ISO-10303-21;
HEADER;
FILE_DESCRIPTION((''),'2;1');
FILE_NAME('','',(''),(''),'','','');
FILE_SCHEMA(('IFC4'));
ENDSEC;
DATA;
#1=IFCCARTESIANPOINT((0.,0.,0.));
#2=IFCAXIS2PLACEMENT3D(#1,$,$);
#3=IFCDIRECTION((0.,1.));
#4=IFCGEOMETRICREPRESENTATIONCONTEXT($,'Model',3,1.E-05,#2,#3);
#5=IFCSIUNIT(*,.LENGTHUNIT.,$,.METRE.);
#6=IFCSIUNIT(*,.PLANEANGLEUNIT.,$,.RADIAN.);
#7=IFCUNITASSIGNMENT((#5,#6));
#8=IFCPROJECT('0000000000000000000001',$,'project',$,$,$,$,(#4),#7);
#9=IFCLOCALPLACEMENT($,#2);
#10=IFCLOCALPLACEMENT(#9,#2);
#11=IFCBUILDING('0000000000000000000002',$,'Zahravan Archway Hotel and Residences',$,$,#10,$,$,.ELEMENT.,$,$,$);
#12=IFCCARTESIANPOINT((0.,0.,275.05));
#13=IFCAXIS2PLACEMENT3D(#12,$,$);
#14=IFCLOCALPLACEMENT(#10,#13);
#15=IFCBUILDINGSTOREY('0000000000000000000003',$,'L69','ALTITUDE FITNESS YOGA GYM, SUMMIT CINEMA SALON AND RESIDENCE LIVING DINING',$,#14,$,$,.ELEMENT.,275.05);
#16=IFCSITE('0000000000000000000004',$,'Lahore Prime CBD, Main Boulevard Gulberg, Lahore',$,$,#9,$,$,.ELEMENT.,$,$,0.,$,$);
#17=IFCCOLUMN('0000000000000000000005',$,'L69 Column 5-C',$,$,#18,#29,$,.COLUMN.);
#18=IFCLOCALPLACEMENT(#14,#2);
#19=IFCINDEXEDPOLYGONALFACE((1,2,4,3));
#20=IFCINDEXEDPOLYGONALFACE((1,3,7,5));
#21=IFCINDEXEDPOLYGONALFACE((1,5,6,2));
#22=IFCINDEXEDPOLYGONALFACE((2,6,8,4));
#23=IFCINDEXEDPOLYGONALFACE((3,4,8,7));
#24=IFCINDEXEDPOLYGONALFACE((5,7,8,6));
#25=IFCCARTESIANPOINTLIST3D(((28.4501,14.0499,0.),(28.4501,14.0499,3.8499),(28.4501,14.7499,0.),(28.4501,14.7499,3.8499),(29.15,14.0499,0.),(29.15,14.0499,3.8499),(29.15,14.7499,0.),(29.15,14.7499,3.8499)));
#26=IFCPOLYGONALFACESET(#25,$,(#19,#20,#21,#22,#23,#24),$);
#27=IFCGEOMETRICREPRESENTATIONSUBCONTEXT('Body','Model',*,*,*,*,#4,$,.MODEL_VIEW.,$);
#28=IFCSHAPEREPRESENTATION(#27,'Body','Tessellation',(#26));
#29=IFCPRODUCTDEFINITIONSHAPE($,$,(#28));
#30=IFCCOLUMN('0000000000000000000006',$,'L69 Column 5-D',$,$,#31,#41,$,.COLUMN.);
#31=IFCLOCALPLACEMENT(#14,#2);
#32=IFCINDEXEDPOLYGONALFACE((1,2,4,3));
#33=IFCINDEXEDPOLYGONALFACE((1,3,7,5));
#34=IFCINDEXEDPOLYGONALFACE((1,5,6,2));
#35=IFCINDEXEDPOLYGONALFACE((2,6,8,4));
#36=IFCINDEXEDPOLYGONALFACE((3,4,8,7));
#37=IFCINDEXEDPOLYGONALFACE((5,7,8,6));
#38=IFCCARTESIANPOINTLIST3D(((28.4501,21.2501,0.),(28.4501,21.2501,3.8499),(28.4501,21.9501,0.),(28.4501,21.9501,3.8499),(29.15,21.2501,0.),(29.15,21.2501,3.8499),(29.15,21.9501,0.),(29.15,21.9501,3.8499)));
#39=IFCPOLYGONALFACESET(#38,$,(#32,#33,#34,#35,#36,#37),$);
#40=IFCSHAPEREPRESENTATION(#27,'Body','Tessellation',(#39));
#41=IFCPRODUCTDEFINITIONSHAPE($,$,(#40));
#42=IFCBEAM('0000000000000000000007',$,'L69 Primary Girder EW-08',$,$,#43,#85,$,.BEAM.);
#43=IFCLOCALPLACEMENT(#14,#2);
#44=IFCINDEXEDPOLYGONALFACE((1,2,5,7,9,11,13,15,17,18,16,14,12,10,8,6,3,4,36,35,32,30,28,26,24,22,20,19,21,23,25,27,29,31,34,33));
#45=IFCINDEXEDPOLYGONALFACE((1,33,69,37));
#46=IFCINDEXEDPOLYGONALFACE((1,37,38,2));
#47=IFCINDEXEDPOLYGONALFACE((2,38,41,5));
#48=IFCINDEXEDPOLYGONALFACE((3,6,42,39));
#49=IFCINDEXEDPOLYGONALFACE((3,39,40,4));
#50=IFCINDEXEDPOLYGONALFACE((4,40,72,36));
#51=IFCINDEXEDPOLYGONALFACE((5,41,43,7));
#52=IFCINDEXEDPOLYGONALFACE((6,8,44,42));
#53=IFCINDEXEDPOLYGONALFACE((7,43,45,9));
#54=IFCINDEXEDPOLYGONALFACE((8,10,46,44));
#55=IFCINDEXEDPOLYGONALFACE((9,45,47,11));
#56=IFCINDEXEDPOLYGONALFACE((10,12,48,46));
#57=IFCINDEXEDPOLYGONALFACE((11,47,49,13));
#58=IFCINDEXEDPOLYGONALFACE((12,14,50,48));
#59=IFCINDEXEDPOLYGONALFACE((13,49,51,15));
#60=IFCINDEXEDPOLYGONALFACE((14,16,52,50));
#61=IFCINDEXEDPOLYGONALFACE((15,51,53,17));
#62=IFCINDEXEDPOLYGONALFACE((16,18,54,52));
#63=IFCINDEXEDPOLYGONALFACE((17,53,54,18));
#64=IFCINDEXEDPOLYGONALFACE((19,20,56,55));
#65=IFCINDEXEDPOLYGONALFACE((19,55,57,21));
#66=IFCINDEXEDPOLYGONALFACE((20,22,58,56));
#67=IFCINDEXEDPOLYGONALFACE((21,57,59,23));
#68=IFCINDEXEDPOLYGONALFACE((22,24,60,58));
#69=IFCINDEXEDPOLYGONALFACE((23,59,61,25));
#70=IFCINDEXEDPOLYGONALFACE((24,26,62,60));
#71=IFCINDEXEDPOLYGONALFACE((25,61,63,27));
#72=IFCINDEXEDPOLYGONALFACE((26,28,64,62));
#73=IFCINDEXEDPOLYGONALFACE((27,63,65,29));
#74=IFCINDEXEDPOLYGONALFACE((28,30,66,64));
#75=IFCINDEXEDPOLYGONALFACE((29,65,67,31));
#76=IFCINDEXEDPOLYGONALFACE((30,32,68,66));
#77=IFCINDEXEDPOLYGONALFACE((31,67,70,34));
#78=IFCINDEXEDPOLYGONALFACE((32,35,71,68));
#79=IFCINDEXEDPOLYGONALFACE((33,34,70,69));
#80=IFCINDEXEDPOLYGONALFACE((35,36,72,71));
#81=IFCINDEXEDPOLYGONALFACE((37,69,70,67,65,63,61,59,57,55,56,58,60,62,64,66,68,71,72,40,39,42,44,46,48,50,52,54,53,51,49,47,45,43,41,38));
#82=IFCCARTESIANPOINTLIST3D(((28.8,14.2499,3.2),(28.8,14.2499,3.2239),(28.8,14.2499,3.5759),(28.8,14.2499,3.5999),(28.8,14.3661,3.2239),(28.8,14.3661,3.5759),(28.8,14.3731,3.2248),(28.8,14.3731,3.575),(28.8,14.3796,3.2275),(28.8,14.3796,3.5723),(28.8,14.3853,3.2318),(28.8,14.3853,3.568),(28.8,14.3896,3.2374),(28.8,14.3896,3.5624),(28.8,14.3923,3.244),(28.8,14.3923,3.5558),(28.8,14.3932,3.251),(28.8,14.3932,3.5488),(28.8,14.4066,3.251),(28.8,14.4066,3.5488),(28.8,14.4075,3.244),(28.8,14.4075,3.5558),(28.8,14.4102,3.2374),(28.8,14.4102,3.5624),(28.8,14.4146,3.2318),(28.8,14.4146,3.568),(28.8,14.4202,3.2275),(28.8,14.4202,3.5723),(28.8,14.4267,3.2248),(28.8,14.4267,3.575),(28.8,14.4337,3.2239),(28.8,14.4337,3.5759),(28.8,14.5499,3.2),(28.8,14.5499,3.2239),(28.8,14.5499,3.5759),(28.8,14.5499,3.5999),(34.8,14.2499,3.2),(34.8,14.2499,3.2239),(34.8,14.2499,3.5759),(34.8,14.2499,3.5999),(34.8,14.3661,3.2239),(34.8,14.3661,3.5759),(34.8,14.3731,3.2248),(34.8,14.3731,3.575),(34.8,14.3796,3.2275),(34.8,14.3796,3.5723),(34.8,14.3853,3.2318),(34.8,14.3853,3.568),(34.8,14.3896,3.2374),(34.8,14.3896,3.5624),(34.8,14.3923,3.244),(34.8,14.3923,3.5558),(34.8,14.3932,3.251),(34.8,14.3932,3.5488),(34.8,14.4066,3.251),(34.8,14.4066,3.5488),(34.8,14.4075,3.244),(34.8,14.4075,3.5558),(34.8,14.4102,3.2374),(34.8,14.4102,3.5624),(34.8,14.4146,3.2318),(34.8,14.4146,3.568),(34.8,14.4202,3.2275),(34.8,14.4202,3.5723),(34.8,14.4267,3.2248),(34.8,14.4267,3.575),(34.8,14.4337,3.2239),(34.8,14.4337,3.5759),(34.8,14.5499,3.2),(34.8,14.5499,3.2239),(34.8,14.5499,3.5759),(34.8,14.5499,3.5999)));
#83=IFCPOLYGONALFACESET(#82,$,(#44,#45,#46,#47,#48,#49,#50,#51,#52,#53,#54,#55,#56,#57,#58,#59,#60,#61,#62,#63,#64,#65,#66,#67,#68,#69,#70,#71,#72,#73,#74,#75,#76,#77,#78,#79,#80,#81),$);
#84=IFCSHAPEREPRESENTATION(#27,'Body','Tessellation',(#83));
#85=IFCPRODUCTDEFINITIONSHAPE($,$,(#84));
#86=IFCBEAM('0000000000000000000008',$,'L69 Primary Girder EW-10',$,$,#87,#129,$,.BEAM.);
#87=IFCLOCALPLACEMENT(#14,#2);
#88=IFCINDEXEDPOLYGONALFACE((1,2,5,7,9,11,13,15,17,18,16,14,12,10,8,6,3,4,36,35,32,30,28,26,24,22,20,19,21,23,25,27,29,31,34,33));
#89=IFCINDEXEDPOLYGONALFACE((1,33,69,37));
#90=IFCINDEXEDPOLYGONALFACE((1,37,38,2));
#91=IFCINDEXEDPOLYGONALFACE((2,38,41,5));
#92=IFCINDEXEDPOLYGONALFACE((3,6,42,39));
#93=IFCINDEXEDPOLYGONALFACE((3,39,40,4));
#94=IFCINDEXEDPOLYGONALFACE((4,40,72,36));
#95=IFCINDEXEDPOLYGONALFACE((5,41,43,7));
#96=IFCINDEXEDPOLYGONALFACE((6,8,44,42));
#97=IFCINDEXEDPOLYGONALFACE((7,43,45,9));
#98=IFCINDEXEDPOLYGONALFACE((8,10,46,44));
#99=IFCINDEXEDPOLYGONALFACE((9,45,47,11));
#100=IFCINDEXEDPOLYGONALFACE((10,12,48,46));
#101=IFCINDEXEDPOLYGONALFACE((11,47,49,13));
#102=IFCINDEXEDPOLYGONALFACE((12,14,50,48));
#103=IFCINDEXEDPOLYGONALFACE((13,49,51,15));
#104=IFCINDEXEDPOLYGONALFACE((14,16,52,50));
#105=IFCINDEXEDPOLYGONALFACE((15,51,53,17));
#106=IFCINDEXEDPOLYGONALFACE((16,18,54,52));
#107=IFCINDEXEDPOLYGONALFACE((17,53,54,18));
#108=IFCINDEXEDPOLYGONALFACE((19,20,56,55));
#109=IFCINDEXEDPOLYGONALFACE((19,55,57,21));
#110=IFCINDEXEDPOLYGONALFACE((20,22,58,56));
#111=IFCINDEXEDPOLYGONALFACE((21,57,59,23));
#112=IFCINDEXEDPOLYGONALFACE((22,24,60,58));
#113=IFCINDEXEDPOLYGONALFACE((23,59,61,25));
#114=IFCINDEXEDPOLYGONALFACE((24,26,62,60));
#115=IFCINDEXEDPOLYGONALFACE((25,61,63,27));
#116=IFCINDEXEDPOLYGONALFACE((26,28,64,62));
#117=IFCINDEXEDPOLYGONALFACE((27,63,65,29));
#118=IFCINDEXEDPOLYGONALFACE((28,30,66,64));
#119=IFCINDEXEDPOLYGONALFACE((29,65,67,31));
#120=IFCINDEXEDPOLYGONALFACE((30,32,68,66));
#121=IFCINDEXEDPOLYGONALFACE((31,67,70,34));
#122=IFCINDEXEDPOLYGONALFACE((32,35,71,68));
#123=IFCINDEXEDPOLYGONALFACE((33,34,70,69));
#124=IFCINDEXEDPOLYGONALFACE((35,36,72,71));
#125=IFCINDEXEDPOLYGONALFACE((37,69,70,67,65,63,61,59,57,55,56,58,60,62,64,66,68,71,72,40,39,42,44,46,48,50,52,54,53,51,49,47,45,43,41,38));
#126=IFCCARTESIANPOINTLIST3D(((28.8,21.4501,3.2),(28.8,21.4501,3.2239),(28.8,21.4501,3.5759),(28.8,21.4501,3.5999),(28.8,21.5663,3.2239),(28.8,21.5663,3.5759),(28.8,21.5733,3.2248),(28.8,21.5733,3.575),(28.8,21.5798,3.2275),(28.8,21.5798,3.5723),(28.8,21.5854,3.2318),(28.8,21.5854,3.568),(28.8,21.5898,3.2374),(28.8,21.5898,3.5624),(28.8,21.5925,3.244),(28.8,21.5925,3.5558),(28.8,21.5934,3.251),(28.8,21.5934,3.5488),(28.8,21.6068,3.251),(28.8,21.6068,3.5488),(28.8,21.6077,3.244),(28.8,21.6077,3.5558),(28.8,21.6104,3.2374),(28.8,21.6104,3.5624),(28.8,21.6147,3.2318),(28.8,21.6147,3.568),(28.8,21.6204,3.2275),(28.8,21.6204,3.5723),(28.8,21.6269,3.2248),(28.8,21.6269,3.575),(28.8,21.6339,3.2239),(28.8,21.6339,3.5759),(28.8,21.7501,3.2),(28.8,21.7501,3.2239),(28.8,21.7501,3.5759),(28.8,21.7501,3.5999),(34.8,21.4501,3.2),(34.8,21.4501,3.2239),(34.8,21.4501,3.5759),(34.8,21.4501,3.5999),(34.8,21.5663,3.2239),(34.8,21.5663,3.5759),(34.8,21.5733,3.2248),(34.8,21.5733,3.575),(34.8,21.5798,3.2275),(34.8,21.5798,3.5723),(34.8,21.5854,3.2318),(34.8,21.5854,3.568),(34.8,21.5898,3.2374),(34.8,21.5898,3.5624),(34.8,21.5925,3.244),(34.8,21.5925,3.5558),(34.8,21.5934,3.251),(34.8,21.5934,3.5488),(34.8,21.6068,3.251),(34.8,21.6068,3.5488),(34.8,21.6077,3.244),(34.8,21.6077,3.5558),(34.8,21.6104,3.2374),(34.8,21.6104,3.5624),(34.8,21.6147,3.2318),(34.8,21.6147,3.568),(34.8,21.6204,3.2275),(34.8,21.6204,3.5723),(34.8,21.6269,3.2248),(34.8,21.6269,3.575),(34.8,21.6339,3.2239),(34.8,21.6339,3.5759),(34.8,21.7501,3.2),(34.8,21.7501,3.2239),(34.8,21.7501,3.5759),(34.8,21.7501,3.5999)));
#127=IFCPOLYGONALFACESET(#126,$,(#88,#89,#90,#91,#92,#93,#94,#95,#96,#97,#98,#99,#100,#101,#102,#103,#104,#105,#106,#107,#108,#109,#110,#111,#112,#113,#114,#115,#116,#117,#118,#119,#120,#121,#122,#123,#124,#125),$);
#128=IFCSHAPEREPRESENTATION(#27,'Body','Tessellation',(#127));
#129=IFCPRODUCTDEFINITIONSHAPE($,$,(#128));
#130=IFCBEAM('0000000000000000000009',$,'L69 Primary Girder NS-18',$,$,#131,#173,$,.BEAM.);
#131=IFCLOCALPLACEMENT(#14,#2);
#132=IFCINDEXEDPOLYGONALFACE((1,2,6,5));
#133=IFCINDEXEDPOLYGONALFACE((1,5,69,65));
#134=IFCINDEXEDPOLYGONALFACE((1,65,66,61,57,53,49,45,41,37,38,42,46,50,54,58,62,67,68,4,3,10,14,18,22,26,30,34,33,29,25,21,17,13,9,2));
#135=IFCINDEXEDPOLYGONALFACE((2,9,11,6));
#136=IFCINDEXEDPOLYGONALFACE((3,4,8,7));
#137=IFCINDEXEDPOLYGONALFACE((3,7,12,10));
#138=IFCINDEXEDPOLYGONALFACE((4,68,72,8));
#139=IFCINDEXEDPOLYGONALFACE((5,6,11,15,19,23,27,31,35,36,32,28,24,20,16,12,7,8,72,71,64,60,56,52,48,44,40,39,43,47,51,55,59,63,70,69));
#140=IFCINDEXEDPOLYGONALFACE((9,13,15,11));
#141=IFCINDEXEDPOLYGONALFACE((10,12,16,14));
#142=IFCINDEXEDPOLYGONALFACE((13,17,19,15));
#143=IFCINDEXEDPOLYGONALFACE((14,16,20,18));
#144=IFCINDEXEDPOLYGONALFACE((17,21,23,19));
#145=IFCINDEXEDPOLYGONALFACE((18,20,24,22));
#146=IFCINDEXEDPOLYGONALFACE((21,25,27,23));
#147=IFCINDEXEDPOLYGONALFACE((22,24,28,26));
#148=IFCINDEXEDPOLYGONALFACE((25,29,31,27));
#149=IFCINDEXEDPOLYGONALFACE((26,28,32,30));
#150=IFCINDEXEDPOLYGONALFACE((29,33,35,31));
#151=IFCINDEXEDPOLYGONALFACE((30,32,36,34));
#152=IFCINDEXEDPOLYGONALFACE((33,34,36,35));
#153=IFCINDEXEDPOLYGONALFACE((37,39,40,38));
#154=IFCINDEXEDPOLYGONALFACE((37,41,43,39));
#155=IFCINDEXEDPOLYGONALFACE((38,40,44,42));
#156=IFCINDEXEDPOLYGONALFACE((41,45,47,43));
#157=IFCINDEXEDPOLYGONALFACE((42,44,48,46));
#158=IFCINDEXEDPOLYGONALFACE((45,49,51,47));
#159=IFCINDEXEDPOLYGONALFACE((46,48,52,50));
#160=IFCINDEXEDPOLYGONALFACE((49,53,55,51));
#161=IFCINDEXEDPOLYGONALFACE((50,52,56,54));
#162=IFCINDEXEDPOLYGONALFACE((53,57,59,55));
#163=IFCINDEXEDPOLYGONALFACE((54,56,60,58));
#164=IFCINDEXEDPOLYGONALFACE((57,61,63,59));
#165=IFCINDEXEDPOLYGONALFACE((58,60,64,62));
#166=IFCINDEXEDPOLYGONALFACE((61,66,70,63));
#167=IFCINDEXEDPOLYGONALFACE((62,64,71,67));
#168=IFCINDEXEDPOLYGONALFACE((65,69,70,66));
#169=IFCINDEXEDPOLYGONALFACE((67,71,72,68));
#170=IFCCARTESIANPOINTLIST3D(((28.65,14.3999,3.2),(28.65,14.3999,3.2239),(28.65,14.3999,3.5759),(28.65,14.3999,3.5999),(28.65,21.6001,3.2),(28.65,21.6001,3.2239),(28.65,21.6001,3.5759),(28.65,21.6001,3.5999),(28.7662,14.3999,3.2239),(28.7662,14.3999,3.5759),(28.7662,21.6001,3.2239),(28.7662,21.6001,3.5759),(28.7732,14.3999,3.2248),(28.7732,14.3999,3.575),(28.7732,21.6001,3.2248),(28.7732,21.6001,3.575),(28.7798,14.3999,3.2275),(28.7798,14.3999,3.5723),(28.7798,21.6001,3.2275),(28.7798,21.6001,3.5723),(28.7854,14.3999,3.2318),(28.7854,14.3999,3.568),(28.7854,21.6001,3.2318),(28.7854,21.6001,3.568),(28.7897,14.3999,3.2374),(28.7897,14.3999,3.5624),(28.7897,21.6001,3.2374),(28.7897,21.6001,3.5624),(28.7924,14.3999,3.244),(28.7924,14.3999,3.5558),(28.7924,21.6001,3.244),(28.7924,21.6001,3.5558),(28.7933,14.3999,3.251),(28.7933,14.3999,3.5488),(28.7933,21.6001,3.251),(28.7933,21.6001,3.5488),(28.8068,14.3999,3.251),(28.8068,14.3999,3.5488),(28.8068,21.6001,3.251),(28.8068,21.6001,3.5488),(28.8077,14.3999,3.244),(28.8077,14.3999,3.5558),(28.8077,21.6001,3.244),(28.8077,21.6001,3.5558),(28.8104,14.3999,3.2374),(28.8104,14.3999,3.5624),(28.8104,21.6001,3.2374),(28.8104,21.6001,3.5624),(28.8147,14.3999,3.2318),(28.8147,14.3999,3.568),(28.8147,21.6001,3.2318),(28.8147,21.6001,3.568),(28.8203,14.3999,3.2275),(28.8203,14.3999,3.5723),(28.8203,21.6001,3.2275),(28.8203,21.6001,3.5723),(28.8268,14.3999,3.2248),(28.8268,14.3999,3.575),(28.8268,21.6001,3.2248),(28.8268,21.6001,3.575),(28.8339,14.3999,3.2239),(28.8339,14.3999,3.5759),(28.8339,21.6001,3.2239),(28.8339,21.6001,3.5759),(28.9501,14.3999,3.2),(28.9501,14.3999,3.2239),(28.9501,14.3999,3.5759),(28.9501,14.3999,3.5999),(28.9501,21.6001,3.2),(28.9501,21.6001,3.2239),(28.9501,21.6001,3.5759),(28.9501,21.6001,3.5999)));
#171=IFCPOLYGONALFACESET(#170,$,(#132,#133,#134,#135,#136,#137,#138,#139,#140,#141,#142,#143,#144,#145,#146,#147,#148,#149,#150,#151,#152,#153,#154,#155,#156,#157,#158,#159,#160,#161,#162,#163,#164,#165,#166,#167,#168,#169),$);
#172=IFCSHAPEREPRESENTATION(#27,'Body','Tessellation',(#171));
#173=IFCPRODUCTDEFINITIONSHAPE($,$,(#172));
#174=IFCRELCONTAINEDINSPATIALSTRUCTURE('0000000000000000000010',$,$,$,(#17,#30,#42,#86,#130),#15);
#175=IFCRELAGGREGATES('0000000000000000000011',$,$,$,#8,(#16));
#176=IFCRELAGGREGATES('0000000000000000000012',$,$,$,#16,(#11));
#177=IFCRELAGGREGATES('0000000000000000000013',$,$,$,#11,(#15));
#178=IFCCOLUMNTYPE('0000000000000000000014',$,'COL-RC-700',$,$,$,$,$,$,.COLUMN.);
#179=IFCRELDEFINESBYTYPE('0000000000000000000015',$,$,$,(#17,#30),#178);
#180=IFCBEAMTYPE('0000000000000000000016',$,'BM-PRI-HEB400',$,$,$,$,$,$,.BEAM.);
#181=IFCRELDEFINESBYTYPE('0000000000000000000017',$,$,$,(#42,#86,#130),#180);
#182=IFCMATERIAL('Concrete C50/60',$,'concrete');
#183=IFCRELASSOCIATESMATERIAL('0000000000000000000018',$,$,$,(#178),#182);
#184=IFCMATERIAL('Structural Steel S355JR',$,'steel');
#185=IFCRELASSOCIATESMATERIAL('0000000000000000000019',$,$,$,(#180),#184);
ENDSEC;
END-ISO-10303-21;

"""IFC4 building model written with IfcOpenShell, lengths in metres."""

from ifc_helpers import new_model, si_unit, direction, frame, origin, origin_2d, place, context, subcontext, project, spatial, rectangle, i_section, extrude, source, transform, mapped, material, material_profile, profile_set, type_object, type_shapes, element, save


model = new_model("IFC4")

# Units and contexts
model_context = context("Model", 3, precision=1e-05, world=origin(), true_north=direction((0.0, 1.0)))
body_context = subcontext(model_context, "Body", "Model", "MODEL_VIEW")
ifc_project = project(units=[si_unit("LENGTHUNIT", "METRE"), si_unit("PLANEANGLEUNIT", "RADIAN")], contexts=[model_context])

# Site, building, storey
site_placement = place(None, origin())
site = spatial("IfcSite", under=ifc_project, at=site_placement, Name="Lahore Prime CBD, Main Boulevard Gulberg, Lahore", CompositionType="ELEMENT", RefElevation=0.0)
building_placement = place(site_placement, origin())
building = spatial("IfcBuilding", under=site, at=building_placement, Name="Zahravan Archway Hotel and Residences", CompositionType="ELEMENT")
storey_placement = place(building_placement, frame((0.0, 0.0, 275.05)))
storey = spatial("IfcBuildingStorey", under=building, at=storey_placement, Name="L69", Description="ALTITUDE FITNESS YOGA GYM, SUMMIT CINEMA SALON AND RESIDENCE LIVING DINING", CompositionType="ELEMENT", Elevation=275.05)

# Columns
ifc_material_1 = material(Name="Concrete C50/60", Category="concrete")
ifc_material_profile_1 = material_profile(ifc_material_1, rectangle(XDim=0.7, YDim=0.7, at=origin_2d()), Name="RC-COL-700x700", Category="concrete")
ifc_profile_set_1 = profile_set([ifc_material_profile_1], Name="Concrete C50/60")
column_type = type_object("IfcColumnType", Name="COL-RC-700", PredefinedType="COLUMN", material=ifc_profile_set_1)
shared_shape_1 = source(origin(), body_context, "Body", "SweptSolid", [
    extrude(rectangle(XDim=0.7, YDim=0.7, at=origin_2d()), origin(), (0.0, 0.0, 1.0), 3.8499),
])
type_shapes(column_type, [shared_shape_1])
for number, where, z_axis, x_axis, name in (
    (1, (28.8, 14.3999, 0.0), (0.0, 0.0, 1.0), (1.0, 0.0, 0.0), "L69 Column 5-C"),
    (2, (28.8, 21.6001, 0.0), (0.0, 0.0, 1.0), (1.0, 0.0, 0.0), "L69 Column 5-D"),
):
    element("IfcColumn", number, at=place(storey_placement, frame(where, z_axis=z_axis, x_axis=x_axis)), inside=storey, type_object=column_type, Name=name, PredefinedType="COLUMN", context=body_context, shape_type="MappedRepresentation", body=[
        mapped(shared_shape_1, transform((0.0, 0.0, 0.0), scale=1.0)),
    ])

# Beams
ifc_material_2 = material(Name="Structural Steel S355JR", Category="steel")
ifc_material_profile_2 = material_profile(ifc_material_2, i_section(OverallWidth=0.3, OverallDepth=0.3999, WebThickness=0.0134, FlangeThickness=0.0239, FilletRadius=0.0271, at=origin_2d()), Name="HEB 400", Category="steel")
ifc_profile_set_2 = profile_set([ifc_material_profile_2], Name="Structural Steel S355JR")
beam_type_1 = type_object("IfcBeamType", Name="BM-PRI-HEB400", PredefinedType="BEAM", material=ifc_profile_set_2)
shared_shape_2 = source(origin(), body_context, "Body", "SweptSolid", [
    extrude(i_section(OverallWidth=0.3, OverallDepth=0.3999, WebThickness=0.0134, FlangeThickness=0.0239, FilletRadius=0.0271, at=origin_2d()), origin(), (0.0, 0.0, 1.0), 6.0),
])
for number, where, z_axis, x_axis, name in (
    (3, (28.8, 14.3999, 3.3999), (1.0, 0.0, 0.0), (0.0, 1.0, 0.0), "L69 Primary Girder EW-08"),
    (4, (28.8, 21.6001, 3.3999), (1.0, 0.0, 0.0), (0.0, 1.0, 0.0), "L69 Primary Girder EW-10"),
):
    element("IfcBeam", number, at=place(storey_placement, frame(where, z_axis=z_axis, x_axis=x_axis)), inside=storey, type_object=beam_type_1, Name=name, PredefinedType="BEAM", context=body_context, shape_type="MappedRepresentation", body=[
        mapped(shared_shape_2, transform((0.0, 0.0, 0.0), scale=1.0)),
    ])
shared_shape_3 = source(origin(), body_context, "Body", "SweptSolid", [
    extrude(i_section(OverallWidth=0.3, OverallDepth=0.3999, WebThickness=0.0134, FlangeThickness=0.0239, FilletRadius=0.0271, at=origin_2d()), origin(), (0.0, 0.0, 1.0), 7.2002),
])
beam_1_placement = place(storey_placement, frame((28.8, 14.3999, 3.3999), z_axis=(0.0, 1.0, 0.0), x_axis=(-1.0, 0.0, 0.0)))
element("IfcBeam", 5, at=beam_1_placement, inside=storey, type_object=beam_type_1, Name="L69 Primary Girder NS-18", PredefinedType="BEAM", context=body_context, shape_type="MappedRepresentation", body=[
    mapped(shared_shape_3, transform((0.0, 0.0, 0.0), scale=1.0)),
])

save(model, "model.ifc")
